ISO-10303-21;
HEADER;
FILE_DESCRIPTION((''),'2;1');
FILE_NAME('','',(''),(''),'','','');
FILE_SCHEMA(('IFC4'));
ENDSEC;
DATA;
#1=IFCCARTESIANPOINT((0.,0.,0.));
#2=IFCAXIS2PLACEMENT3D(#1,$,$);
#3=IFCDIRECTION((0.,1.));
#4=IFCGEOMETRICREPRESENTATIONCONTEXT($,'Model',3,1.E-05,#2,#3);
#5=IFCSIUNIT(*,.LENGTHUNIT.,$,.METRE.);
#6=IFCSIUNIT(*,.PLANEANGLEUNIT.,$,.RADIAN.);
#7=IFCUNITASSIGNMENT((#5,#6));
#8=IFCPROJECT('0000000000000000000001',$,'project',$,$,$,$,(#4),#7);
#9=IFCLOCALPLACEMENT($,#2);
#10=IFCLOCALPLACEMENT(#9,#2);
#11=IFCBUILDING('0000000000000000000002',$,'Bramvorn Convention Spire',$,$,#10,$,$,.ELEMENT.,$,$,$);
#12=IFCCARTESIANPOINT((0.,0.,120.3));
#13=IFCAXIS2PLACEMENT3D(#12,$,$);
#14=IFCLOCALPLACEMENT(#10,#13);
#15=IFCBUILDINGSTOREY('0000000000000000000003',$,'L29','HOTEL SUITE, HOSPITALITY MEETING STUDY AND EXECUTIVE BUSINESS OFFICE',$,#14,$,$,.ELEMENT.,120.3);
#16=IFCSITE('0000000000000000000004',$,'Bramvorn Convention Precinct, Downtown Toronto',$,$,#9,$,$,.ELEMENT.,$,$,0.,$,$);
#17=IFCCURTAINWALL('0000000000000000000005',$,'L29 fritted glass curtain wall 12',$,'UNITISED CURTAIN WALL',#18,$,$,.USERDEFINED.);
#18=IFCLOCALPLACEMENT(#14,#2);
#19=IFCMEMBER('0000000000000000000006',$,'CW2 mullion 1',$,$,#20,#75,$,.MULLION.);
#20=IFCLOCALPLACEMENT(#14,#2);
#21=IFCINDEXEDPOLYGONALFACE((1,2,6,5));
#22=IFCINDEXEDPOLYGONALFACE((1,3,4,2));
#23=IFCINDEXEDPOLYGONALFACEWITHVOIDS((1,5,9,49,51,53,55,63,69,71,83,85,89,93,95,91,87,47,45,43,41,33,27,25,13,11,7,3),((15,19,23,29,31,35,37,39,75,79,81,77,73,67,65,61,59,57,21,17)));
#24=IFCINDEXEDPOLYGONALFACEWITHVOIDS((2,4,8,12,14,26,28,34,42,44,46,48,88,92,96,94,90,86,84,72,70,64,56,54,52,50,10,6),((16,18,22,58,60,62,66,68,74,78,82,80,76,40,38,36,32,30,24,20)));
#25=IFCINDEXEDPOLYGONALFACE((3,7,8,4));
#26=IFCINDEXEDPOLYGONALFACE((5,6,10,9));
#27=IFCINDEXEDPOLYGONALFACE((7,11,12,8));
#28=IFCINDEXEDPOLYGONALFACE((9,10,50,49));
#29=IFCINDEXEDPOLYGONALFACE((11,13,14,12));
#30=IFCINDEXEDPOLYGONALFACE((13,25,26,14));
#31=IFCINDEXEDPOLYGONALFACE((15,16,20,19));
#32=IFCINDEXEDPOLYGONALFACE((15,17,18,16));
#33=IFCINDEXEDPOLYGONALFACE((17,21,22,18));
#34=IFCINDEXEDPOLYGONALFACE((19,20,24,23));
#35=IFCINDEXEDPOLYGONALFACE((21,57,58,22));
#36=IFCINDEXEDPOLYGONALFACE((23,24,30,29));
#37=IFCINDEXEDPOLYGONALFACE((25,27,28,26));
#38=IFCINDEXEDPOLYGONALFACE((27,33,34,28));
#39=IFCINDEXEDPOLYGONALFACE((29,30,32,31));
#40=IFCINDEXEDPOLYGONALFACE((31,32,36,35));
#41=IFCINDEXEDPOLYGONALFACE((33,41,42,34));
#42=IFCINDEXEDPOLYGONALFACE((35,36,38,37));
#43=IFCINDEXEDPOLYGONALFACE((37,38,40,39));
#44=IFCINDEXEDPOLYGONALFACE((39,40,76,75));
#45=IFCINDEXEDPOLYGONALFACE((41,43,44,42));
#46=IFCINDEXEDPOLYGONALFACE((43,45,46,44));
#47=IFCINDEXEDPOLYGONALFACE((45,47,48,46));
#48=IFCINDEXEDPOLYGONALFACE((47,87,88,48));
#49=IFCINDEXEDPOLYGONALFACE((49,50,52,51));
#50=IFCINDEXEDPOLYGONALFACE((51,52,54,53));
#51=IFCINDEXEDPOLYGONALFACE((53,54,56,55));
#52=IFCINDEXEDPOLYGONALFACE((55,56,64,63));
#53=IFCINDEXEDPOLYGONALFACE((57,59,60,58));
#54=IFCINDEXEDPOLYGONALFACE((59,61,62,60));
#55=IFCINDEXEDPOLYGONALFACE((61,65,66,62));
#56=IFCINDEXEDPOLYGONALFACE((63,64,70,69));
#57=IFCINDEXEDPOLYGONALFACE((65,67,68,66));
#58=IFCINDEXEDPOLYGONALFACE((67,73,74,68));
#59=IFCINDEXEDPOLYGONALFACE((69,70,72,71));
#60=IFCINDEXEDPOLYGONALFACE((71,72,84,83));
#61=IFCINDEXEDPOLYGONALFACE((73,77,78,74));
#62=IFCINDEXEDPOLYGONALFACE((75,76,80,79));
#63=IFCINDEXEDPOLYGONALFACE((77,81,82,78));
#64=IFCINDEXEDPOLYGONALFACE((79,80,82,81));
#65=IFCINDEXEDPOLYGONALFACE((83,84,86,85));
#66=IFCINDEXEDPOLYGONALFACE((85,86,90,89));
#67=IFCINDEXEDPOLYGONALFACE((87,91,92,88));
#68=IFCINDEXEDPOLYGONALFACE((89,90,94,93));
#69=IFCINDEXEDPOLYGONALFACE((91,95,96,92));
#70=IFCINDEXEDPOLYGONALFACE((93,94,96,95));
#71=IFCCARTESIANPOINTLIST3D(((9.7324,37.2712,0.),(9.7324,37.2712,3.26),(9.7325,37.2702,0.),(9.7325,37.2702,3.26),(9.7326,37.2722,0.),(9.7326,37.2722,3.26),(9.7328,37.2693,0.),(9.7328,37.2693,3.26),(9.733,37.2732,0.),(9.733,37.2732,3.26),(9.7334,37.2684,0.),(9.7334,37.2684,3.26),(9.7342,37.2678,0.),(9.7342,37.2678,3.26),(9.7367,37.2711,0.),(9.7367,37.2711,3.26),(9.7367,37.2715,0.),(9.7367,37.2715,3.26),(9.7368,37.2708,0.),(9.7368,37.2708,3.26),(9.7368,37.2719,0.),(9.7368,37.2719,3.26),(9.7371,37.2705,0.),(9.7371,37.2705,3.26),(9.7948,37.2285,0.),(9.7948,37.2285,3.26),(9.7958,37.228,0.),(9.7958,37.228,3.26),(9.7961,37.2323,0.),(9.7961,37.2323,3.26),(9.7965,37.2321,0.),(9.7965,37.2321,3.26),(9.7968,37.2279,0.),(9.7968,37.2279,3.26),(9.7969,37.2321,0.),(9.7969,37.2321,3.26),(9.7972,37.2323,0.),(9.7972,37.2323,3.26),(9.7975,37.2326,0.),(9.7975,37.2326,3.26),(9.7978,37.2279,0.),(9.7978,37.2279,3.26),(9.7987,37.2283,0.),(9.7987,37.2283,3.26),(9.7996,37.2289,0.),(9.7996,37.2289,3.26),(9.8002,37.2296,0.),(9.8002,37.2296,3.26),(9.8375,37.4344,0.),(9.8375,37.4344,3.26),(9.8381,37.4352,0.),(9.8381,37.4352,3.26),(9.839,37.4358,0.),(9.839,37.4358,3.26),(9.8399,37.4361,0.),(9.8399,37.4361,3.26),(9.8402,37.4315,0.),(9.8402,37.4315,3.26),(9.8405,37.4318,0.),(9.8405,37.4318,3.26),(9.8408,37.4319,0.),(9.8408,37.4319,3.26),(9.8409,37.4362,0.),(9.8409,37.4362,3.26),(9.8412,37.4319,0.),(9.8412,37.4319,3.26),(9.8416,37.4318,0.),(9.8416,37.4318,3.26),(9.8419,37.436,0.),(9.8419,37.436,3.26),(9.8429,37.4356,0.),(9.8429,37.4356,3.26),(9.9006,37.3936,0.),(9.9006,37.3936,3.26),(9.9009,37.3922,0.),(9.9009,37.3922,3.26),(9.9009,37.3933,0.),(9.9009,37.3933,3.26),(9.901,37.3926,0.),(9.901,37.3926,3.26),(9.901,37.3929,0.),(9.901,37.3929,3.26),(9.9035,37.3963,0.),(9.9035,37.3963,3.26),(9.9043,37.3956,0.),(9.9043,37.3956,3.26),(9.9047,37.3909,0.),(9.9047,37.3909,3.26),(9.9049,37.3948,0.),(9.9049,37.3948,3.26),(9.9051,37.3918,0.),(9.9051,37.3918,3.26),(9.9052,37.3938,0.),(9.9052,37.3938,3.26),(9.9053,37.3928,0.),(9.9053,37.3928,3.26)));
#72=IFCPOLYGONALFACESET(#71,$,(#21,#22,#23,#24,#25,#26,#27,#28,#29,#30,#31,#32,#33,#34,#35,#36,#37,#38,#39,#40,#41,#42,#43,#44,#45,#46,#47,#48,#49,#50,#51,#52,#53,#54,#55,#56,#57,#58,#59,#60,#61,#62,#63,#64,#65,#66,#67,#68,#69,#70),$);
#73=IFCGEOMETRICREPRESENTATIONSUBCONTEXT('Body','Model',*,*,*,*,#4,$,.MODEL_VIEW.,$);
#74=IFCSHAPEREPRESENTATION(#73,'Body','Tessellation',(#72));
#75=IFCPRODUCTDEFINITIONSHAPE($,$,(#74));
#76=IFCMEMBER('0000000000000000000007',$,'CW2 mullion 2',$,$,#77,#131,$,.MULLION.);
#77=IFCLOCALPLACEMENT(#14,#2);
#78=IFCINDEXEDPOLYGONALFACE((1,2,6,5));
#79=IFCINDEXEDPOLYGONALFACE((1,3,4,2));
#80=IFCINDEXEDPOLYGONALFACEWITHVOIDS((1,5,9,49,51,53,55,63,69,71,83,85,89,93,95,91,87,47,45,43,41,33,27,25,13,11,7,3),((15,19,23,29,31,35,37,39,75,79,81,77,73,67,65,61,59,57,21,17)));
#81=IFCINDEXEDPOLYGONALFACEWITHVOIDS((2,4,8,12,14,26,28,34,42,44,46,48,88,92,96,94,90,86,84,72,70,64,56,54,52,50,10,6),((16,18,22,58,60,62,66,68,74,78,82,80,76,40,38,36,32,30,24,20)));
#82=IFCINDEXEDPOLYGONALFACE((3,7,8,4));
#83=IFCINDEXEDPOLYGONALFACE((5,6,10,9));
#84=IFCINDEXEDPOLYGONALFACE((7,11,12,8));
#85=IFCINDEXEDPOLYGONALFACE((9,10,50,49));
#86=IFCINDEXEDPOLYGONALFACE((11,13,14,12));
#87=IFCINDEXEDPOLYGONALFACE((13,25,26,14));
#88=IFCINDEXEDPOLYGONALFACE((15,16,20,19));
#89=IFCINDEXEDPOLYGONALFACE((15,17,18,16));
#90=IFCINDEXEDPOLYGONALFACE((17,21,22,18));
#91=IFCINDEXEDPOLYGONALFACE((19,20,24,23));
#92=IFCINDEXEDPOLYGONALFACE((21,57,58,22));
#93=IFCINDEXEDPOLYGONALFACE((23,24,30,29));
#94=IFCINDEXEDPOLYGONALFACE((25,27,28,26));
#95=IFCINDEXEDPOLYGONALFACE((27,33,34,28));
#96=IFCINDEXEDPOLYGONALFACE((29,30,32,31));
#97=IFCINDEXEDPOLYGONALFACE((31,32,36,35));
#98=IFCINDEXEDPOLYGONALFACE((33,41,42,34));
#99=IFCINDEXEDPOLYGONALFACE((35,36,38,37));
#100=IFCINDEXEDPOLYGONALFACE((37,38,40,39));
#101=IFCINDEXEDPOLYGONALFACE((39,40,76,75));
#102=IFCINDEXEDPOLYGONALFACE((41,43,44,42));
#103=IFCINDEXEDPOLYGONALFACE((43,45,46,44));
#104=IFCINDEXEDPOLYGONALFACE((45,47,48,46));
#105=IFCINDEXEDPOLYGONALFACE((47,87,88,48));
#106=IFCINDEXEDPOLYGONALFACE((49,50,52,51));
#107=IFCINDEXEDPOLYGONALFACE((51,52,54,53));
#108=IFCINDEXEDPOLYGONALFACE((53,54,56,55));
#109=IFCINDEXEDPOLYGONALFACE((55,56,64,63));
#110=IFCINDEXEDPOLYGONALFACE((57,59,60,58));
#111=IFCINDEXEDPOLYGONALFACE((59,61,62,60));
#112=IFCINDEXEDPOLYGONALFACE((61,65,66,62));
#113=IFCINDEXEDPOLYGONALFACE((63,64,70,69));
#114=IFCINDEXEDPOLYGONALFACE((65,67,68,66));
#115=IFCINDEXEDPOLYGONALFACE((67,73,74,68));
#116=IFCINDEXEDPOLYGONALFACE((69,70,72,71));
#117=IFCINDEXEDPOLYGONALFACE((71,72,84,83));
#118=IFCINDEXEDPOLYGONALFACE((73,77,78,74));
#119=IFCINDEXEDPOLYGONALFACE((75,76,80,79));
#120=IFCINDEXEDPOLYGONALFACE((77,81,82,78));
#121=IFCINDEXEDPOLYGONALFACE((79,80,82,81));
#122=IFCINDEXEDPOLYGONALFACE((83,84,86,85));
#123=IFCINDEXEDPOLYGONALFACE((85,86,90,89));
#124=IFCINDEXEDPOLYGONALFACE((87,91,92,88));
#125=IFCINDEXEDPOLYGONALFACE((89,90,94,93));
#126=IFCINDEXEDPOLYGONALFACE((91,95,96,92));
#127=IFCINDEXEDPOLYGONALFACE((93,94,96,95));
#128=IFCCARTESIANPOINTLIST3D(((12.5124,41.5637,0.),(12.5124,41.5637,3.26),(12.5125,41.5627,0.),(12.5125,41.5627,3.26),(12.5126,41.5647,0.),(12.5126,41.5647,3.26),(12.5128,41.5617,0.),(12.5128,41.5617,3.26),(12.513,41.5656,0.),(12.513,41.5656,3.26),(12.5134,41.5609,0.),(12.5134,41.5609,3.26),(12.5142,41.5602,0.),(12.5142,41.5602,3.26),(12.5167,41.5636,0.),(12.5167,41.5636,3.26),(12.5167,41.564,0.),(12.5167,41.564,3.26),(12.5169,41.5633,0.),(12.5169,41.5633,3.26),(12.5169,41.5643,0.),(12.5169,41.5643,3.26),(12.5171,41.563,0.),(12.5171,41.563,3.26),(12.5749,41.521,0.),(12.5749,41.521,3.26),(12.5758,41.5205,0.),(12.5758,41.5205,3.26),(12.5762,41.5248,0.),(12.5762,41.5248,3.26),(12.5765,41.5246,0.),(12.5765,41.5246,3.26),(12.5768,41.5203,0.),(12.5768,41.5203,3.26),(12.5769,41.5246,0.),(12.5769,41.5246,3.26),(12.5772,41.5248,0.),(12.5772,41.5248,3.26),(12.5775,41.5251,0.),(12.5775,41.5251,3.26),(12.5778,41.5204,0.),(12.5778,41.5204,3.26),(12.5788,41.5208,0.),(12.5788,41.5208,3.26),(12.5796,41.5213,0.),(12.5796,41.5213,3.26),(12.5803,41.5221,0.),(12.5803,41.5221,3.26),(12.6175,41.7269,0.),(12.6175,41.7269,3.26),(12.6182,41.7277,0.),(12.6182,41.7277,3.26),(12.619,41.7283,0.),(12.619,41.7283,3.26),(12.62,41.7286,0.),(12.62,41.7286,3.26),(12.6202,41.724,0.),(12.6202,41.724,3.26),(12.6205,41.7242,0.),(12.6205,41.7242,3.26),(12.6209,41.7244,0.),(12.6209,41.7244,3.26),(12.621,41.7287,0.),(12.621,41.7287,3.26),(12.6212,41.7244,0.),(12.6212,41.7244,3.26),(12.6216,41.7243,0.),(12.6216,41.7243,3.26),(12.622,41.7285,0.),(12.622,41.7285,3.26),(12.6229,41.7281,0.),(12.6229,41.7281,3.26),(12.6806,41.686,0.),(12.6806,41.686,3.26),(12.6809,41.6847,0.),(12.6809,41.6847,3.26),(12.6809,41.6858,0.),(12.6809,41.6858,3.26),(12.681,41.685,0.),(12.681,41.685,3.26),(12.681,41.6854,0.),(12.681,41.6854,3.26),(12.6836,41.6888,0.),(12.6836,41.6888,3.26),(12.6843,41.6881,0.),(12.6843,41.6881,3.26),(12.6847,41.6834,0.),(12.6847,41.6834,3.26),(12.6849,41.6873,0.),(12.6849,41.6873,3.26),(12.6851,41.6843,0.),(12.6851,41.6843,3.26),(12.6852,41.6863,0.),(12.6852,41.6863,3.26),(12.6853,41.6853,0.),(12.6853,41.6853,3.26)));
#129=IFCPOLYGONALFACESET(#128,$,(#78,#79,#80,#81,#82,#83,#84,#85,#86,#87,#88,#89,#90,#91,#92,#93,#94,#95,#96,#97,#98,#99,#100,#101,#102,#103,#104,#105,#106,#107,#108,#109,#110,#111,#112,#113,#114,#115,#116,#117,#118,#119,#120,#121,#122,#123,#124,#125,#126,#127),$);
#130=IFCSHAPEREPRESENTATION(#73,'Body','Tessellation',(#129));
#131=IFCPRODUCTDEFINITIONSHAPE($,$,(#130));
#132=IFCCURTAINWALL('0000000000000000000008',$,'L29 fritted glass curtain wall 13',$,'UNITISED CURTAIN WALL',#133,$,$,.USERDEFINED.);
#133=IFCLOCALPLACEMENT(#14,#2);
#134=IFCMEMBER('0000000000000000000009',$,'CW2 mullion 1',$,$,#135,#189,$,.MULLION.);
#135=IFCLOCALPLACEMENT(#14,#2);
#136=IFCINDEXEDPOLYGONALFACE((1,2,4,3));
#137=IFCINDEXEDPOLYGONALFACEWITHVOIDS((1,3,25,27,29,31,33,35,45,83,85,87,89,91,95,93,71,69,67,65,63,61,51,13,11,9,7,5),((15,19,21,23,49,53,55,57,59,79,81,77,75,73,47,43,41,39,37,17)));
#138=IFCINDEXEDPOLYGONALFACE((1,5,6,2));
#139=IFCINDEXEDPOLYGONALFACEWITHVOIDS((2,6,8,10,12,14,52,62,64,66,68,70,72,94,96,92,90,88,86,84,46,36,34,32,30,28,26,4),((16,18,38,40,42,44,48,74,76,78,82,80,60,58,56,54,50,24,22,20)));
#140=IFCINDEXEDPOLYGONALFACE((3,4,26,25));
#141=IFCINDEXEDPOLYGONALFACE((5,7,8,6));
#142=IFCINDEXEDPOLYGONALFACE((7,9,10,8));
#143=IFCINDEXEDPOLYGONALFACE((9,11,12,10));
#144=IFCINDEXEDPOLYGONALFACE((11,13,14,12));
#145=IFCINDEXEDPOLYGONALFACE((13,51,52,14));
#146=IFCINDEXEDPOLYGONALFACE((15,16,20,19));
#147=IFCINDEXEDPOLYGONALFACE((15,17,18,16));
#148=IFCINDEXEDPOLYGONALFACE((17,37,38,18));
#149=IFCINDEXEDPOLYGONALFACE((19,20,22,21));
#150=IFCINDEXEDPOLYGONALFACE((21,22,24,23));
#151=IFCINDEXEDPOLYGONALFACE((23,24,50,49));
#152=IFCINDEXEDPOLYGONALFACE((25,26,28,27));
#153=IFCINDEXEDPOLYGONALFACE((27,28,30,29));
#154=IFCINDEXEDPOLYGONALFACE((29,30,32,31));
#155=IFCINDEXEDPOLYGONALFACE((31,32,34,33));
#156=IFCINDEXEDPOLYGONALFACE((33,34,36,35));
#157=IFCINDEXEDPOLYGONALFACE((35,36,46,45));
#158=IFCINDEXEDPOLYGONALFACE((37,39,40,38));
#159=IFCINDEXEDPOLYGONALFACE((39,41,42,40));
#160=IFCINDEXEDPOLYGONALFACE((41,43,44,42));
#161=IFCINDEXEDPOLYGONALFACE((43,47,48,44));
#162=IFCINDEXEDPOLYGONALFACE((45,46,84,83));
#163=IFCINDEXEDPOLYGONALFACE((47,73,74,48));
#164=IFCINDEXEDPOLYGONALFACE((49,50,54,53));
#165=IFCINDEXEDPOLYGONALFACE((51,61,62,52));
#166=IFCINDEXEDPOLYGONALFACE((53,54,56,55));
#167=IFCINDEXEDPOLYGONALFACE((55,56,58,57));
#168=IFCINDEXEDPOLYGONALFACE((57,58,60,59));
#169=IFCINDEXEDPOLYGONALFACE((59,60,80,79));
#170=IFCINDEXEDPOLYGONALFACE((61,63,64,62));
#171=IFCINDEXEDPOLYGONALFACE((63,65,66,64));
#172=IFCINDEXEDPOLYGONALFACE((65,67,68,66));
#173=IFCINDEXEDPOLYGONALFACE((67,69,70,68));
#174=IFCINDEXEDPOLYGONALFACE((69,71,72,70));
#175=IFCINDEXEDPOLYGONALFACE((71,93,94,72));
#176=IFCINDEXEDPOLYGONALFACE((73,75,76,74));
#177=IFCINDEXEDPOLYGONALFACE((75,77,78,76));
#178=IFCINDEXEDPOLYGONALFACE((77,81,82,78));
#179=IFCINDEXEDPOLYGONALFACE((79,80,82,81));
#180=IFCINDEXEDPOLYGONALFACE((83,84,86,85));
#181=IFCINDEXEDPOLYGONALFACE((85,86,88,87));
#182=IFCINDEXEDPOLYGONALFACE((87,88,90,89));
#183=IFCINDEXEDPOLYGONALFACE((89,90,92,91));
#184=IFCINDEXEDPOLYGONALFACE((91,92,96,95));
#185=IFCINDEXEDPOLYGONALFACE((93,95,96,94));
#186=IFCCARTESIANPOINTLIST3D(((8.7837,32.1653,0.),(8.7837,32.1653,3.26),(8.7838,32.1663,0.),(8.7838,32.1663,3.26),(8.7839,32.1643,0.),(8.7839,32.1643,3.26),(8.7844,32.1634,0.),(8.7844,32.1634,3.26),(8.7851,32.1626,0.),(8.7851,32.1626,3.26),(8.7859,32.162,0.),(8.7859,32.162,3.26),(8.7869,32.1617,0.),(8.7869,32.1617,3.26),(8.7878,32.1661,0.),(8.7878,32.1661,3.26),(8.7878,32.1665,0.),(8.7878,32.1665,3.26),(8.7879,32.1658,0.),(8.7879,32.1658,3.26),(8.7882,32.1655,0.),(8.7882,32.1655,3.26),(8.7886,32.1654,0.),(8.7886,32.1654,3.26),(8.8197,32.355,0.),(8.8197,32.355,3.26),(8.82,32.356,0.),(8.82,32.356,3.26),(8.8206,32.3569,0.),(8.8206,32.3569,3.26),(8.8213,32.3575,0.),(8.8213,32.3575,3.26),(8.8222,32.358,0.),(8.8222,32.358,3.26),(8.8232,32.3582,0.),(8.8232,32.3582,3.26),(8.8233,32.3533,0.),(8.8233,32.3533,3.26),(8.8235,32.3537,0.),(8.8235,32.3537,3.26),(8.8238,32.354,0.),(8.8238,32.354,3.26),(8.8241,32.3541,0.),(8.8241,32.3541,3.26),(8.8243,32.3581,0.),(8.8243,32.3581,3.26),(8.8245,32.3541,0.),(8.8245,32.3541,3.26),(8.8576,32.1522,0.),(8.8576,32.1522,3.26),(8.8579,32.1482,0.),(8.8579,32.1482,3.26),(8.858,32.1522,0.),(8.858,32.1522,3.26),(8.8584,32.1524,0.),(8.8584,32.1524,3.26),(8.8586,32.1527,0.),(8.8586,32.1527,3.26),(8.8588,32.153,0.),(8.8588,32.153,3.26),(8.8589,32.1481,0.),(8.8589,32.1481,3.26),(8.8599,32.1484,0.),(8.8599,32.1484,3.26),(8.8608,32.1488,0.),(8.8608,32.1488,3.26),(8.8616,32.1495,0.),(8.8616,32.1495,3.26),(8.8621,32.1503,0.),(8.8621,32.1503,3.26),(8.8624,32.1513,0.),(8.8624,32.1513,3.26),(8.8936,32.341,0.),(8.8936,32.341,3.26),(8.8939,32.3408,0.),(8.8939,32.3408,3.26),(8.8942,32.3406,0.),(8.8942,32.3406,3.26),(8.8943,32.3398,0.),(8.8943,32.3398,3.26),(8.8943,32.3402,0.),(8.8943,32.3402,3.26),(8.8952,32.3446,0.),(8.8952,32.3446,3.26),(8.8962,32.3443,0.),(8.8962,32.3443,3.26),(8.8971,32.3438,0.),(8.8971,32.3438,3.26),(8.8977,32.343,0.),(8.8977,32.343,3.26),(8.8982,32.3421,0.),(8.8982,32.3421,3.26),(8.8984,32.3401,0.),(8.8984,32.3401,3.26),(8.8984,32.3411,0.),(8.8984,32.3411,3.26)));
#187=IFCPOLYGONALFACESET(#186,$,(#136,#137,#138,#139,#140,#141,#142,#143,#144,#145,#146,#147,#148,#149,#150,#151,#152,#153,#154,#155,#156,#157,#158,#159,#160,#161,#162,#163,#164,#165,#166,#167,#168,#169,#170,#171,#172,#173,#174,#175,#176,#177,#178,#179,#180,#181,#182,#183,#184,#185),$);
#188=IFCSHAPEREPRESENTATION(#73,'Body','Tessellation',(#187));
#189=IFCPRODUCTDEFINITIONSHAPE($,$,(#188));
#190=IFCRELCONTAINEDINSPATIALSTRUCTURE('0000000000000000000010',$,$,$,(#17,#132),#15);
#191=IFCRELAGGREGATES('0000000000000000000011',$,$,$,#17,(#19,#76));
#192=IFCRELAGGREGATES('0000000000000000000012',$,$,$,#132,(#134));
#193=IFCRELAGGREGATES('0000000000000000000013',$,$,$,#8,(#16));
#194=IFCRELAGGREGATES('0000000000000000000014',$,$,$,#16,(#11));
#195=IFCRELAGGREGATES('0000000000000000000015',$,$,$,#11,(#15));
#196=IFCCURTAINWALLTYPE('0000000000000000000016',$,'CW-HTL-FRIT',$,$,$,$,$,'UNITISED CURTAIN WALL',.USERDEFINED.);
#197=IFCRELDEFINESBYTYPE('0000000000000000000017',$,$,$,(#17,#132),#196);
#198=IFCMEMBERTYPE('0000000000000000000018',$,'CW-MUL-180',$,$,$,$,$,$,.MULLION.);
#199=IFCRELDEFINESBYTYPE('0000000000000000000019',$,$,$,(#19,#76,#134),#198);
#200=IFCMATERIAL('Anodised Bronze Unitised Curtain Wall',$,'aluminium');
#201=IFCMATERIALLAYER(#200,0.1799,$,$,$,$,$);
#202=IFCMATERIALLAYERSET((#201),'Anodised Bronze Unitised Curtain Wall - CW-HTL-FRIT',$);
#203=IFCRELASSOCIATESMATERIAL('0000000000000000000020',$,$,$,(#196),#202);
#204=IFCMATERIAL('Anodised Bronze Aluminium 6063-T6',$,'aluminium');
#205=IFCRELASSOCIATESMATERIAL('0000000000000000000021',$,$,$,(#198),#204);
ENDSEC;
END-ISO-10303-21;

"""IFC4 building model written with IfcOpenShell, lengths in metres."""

from ifc_helpers import new_model, si_unit, direction, frame, origin, origin_2d, place, context, subcontext, project, spatial, hollow_rectangle, extrude, material, layer, layer_set, material_profile, profile_set, type_object, element, aggregate, save


model = new_model("IFC4")

# Units and contexts
model_context = context("Model", 3, precision=1e-05, world=origin(), true_north=direction((0.0, 1.0)))
body_context = subcontext(model_context, "Body", "Model", "MODEL_VIEW")
ifc_project = project(units=[si_unit("LENGTHUNIT", "METRE"), si_unit("PLANEANGLEUNIT", "RADIAN")], contexts=[model_context])

# Site, building, storey
site_placement = place(None, origin())
site = spatial("IfcSite", under=ifc_project, at=site_placement, Name="Bramvorn Convention Precinct, Downtown Toronto", CompositionType="ELEMENT", RefElevation=0.0)
building_placement = place(site_placement, origin())
building = spatial("IfcBuilding", under=site, at=building_placement, Name="Bramvorn Convention Spire", CompositionType="ELEMENT")
storey_placement = place(building_placement, frame((0.0, 0.0, 120.3)))
storey = spatial("IfcBuildingStorey", under=building, at=storey_placement, Name="L29", Description="HOTEL SUITE, HOSPITALITY MEETING STUDY AND EXECUTIVE BUSINESS OFFICE", CompositionType="ELEMENT", Elevation=120.3)

# Curtain walls, members
ifc_material_1 = material(Name="Anodised Bronze Unitised Curtain Wall", Category="aluminium")
ifc_layer_1 = layer(ifc_material_1, 0.1799)
ifc_layer_set_1 = layer_set([ifc_layer_1], Name="Anodised Bronze Unitised Curtain Wall - CW-HTL-FRIT")
curtain_wall_type = type_object("IfcCurtainWallType", Name="CW-HTL-FRIT", ElementType="UNITISED CURTAIN WALL", PredefinedType="USERDEFINED", material=ifc_layer_set_1)
curtain_wall_1_placement = place(storey_placement, origin())
curtain_wall_1 = element("IfcCurtainWall", 1, at=curtain_wall_1_placement, inside=storey, type_object=curtain_wall_type, Name="L29 fritted glass curtain wall 12", ObjectType="UNITISED CURTAIN WALL", PredefinedType="USERDEFINED")
ifc_material_2 = material(Name="Anodised Bronze Aluminium 6063-T6", Category="aluminium")
ifc_material_profile_1 = material_profile(ifc_material_2, hollow_rectangle(XDim=0.0801, YDim=0.2, WallThickness=0.0039, InnerFilletRadius=0.001, OuterFilletRadius=0.0039, at=origin_2d()))
ifc_profile_set_1 = profile_set([ifc_material_profile_1], Name="Anodised Bronze Aluminium 6063-T6 - CWM80X200")
member_type_1 = type_object("IfcMemberType", Name="CW-MUL-180", PredefinedType="MULLION", material=ifc_profile_set_1)
member_1_placement = place(storey_placement, frame((9.8188, 37.332, 0.0), z_axis=(0.0, 0.0, 1.0), x_axis=(-0.839348, 0.543595, 0.0)))
member_1 = element("IfcMember", 2, at=member_1_placement, type_object=member_type_1, Name="CW2 mullion 1", PredefinedType="MULLION", context=body_context, shape_type="SweptSolid", body=[
    extrude(hollow_rectangle(XDim=0.0801, YDim=0.2, WallThickness=0.0039, InnerFilletRadius=0.001, OuterFilletRadius=0.0039, at=origin_2d()), origin(), (0.0, 0.0, 1.0), 3.26),
])
member_2_placement = place(storey_placement, frame((12.5989, 41.6245, 0.0), z_axis=(0.0, 0.0, 1.0), x_axis=(-0.839348, 0.543595, 0.0)))
member_2 = element("IfcMember", 3, at=member_2_placement, type_object=member_type_1, Name="CW2 mullion 2", PredefinedType="MULLION", context=body_context, shape_type="SweptSolid", body=[
    extrude(hollow_rectangle(XDim=0.0801, YDim=0.2, WallThickness=0.0039, InnerFilletRadius=0.001, OuterFilletRadius=0.0039, at=origin_2d()), origin(), (0.0, 0.0, 1.0), 3.26),
])
curtain_wall_2_placement = place(storey_placement, origin())
curtain_wall_2 = element("IfcCurtainWall", 4, at=curtain_wall_2_placement, inside=storey, type_object=curtain_wall_type, Name="L29 fritted glass curtain wall 13", ObjectType="UNITISED CURTAIN WALL", PredefinedType="USERDEFINED")
member_3_placement = place(storey_placement, frame((8.8411, 32.2532, 0.0), z_axis=(0.0, 0.0, 1.0), x_axis=(-0.982379, 0.186902, 0.0)))
member_3 = element("IfcMember", 5, at=member_3_placement, type_object=member_type_1, Name="CW2 mullion 1", PredefinedType="MULLION", context=body_context, shape_type="SweptSolid", body=[
    extrude(hollow_rectangle(XDim=0.0801, YDim=0.2, WallThickness=0.0039, InnerFilletRadius=0.001, OuterFilletRadius=0.0039, at=origin_2d()), origin(), (0.0, 0.0, 1.0), 3.26),
])

aggregate(curtain_wall_1, [member_1, member_2])
aggregate(curtain_wall_2, [member_3])

save(model, "model.ifc")
